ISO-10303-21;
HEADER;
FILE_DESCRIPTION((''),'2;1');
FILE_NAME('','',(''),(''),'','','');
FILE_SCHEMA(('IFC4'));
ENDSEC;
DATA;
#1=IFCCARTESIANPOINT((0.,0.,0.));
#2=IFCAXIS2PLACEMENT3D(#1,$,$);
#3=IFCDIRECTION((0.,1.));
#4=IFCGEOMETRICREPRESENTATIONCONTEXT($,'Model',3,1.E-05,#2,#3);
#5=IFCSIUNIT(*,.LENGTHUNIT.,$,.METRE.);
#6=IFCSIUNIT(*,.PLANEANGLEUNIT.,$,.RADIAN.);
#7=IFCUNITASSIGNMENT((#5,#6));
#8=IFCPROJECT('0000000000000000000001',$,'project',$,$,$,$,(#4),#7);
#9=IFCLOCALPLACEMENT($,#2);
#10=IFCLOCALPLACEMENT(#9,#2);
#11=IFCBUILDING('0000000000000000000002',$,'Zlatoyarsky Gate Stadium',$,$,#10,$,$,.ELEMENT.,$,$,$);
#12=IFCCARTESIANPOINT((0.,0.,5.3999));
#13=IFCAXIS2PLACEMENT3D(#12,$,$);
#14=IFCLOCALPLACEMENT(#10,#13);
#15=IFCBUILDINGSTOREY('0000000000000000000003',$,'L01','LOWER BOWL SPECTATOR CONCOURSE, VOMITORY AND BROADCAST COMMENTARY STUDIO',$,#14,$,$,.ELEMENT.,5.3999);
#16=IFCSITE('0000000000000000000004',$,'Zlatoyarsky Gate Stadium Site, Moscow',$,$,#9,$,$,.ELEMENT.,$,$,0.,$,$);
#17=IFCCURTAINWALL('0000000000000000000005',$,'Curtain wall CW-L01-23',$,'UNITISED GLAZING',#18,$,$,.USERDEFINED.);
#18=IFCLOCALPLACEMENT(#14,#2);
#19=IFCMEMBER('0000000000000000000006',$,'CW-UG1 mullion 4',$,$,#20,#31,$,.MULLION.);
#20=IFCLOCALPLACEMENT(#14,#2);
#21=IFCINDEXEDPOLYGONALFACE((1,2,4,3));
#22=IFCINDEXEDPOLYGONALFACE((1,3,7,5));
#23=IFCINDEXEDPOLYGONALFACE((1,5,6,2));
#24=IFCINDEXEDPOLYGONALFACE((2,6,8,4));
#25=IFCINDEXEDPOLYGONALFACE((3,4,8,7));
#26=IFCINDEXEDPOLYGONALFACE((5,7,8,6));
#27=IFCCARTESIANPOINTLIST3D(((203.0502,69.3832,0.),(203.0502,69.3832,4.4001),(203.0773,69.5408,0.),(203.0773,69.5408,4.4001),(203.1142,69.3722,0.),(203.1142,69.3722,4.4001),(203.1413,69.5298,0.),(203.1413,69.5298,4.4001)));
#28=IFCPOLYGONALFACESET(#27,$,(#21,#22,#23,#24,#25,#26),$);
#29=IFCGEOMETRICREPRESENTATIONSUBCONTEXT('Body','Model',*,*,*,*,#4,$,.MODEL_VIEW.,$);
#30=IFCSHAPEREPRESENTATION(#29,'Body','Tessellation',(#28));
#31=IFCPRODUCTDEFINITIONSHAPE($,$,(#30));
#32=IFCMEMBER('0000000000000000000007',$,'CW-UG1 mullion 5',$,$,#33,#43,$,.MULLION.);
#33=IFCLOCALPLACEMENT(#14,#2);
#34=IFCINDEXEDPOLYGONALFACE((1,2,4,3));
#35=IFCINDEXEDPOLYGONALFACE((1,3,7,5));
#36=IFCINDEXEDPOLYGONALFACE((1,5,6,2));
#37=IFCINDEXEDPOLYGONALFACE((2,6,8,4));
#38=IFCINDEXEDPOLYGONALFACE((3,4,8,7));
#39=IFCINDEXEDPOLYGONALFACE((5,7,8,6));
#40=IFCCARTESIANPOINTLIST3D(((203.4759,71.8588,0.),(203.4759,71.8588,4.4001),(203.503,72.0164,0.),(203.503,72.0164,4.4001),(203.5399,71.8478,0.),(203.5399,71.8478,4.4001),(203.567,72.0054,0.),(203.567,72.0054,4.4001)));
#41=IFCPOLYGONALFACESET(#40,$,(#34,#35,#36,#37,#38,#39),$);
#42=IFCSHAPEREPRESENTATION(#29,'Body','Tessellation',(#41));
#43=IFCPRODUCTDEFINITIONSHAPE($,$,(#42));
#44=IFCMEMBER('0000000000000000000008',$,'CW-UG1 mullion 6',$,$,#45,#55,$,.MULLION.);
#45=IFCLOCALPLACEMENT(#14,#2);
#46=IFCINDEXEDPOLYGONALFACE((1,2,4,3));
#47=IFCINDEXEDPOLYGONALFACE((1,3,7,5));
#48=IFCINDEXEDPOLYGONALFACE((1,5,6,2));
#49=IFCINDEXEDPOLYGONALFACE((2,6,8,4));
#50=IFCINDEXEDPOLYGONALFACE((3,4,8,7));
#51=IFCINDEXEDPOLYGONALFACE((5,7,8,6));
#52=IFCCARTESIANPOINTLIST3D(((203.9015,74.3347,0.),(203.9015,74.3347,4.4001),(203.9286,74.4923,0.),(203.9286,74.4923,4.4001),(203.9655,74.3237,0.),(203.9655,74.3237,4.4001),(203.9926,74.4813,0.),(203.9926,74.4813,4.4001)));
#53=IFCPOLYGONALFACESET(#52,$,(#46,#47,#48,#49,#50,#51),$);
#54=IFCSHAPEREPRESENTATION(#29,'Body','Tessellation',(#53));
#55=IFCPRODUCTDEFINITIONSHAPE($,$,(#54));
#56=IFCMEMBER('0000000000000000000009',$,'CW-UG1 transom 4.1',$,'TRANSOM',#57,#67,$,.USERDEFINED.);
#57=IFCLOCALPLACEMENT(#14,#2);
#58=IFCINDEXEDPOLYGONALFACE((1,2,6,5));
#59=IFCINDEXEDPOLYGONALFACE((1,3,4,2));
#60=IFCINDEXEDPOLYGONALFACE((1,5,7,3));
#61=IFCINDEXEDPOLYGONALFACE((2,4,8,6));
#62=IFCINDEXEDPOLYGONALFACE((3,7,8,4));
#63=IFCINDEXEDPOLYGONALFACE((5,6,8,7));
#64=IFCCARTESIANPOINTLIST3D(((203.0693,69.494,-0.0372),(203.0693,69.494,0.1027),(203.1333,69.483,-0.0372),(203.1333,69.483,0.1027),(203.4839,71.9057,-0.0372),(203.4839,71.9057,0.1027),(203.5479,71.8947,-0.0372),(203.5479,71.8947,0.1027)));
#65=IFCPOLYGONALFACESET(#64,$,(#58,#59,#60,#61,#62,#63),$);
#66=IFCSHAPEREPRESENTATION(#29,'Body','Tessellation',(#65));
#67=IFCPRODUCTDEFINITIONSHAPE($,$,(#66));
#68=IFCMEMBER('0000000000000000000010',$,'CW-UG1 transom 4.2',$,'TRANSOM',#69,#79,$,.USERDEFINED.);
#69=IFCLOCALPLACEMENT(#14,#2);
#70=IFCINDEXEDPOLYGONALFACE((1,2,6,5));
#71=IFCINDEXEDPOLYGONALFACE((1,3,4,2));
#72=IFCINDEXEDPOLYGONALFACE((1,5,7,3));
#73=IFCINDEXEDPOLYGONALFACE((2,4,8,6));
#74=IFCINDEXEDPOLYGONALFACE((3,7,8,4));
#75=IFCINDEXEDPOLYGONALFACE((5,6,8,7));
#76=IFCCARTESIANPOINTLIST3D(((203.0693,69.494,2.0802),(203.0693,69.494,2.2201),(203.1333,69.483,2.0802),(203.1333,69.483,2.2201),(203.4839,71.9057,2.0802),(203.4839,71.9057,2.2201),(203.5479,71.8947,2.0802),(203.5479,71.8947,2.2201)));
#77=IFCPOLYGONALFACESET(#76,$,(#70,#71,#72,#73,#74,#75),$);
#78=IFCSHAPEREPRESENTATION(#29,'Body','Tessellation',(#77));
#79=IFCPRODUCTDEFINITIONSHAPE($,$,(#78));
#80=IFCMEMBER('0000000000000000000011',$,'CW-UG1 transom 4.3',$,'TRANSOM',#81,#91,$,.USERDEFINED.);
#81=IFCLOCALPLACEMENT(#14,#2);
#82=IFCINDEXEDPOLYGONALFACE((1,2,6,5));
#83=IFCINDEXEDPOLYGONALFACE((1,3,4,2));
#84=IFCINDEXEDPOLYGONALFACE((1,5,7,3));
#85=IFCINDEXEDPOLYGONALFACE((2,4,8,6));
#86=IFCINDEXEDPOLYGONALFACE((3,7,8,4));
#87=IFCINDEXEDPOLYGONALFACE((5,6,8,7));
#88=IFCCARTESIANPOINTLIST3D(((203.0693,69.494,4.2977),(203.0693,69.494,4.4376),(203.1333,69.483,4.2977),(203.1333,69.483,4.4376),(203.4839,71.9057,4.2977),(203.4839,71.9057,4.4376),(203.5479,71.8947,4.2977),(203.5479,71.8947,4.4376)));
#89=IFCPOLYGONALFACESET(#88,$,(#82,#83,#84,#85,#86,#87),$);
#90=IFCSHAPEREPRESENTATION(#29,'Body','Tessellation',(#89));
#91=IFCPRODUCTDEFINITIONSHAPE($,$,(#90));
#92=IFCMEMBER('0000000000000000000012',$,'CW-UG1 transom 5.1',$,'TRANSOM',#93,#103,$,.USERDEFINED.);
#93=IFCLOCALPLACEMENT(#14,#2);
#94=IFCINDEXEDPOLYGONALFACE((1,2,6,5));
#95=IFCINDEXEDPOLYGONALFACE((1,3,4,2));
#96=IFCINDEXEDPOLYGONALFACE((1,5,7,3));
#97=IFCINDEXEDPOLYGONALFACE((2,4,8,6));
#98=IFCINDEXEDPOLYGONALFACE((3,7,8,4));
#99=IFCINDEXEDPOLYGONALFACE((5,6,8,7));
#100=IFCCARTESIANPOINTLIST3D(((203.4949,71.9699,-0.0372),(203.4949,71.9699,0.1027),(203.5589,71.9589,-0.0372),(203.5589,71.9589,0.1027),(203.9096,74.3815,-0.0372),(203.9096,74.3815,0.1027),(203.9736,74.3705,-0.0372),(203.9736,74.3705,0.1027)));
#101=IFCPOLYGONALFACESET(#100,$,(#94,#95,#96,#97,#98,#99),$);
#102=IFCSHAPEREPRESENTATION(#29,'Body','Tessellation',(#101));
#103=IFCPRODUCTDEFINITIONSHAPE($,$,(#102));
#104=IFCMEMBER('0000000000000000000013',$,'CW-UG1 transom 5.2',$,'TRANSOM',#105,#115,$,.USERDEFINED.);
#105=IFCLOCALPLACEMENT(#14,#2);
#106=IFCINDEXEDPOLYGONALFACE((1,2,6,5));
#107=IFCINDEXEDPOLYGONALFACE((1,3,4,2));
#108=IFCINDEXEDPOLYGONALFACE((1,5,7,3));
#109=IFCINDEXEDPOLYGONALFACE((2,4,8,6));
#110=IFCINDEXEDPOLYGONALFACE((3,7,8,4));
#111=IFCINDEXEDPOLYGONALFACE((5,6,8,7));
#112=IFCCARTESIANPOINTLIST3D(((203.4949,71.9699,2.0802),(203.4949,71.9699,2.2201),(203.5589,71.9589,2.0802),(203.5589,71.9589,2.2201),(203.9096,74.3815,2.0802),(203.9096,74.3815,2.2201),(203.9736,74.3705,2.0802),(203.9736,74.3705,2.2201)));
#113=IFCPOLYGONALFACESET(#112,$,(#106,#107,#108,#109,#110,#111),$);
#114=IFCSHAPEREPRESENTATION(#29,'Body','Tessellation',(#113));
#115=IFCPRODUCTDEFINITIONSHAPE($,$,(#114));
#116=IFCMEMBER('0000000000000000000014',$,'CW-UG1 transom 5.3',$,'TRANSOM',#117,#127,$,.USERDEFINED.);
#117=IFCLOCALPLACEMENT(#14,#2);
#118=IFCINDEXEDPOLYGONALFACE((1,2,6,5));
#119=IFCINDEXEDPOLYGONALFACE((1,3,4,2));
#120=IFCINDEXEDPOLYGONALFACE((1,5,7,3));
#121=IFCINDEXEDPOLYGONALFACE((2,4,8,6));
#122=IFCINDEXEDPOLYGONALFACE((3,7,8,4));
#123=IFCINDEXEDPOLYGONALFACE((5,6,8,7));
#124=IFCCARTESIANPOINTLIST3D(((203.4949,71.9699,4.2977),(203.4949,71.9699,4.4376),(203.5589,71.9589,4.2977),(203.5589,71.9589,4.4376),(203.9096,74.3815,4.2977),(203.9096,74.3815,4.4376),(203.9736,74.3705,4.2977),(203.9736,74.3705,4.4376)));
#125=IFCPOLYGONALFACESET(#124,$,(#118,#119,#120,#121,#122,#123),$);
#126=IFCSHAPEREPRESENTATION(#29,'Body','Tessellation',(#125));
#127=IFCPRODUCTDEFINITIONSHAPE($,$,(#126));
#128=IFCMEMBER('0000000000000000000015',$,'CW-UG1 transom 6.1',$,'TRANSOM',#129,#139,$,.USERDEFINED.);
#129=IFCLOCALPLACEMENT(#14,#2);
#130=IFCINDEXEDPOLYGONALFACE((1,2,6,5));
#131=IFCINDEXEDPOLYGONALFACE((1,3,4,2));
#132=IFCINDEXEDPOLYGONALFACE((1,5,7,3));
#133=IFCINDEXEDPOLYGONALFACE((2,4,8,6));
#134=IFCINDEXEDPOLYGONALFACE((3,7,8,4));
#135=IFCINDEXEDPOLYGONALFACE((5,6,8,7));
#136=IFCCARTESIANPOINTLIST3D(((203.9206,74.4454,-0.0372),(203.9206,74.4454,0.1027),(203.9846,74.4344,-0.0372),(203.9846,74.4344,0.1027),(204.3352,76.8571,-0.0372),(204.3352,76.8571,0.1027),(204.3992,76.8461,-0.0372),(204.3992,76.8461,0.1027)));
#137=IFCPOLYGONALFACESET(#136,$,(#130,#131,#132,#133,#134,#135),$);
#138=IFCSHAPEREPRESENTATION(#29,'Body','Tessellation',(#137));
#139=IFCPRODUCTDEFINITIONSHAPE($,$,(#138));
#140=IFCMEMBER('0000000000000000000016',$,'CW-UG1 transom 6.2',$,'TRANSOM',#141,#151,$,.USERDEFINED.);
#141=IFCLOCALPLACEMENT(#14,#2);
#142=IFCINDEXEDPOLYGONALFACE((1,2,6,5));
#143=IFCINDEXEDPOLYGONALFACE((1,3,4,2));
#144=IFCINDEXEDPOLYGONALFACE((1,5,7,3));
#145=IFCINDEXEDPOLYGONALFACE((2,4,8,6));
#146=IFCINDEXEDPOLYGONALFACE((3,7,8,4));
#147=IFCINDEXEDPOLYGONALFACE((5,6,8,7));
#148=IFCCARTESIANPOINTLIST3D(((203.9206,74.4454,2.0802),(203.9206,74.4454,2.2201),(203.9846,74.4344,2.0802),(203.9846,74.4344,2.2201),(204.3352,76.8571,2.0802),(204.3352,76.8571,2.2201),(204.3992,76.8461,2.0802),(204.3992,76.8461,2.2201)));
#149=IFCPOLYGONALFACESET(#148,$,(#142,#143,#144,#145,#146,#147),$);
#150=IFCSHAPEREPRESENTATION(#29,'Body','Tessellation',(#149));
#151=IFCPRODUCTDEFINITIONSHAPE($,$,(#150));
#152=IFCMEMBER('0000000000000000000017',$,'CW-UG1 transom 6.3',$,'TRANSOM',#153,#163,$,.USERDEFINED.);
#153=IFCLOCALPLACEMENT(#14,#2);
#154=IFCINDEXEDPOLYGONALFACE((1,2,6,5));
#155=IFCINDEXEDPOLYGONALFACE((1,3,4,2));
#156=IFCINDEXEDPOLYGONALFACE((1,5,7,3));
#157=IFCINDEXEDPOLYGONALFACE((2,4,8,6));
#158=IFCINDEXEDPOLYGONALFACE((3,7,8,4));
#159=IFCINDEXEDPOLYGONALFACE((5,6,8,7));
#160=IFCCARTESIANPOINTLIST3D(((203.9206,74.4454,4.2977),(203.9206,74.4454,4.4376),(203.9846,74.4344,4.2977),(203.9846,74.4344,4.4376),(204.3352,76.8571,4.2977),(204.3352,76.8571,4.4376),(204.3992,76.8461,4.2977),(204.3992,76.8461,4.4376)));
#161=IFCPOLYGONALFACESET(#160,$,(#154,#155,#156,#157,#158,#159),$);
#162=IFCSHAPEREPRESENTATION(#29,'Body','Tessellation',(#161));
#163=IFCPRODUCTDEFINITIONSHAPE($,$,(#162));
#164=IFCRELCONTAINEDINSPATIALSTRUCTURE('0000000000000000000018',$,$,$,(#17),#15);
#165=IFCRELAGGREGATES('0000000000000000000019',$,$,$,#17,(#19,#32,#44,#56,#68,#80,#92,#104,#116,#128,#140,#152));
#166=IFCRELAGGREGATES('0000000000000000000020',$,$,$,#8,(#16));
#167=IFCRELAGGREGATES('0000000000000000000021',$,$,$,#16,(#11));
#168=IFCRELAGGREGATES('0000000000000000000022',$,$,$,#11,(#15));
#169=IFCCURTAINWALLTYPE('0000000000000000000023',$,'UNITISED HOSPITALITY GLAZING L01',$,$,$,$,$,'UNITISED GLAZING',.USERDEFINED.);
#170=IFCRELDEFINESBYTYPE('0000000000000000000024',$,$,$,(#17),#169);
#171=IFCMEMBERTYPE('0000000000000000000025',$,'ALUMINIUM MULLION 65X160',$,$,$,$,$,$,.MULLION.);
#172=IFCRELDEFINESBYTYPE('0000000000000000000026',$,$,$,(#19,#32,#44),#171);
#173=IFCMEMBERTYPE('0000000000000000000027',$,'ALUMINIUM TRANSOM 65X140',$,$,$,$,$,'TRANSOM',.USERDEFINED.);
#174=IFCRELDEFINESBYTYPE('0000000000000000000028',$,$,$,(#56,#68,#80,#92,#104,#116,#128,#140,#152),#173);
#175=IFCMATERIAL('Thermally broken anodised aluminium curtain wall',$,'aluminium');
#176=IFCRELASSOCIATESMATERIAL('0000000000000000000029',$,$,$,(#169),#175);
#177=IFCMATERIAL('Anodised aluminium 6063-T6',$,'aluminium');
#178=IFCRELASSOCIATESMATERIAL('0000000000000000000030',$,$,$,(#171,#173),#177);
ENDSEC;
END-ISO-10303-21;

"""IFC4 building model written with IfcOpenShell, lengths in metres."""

from ifc_helpers import new_model, si_unit, direction, frame, origin, origin_2d, place, context, subcontext, project, spatial, rectangle, extrude, material, material_profile, profile_set, type_object, element, aggregate, save


model = new_model("IFC4")

# Units and contexts
model_context = context("Model", 3, precision=1e-05, world=origin(), true_north=direction((0.0, 1.0)))
body_context = subcontext(model_context, "Body", "Model", "MODEL_VIEW")
ifc_project = project(units=[si_unit("LENGTHUNIT", "METRE"), si_unit("PLANEANGLEUNIT", "RADIAN")], contexts=[model_context])

# Site, building, storey
site_placement = place(None, origin())
site = spatial("IfcSite", under=ifc_project, at=site_placement, Name="Zlatoyarsky Gate Stadium Site, Moscow", CompositionType="ELEMENT", RefElevation=0.0)
building_placement = place(site_placement, origin())
building = spatial("IfcBuilding", under=site, at=building_placement, Name="Zlatoyarsky Gate Stadium", CompositionType="ELEMENT")
storey_placement = place(building_placement, frame((0.0, 0.0, 5.3999)))
storey = spatial("IfcBuildingStorey", under=building, at=storey_placement, Name="L01", Description="LOWER BOWL SPECTATOR CONCOURSE, VOMITORY AND BROADCAST COMMENTARY STUDIO", CompositionType="ELEMENT", Elevation=5.3999)

# Curtain wall, members
ifc_material_1 = material(Name="Thermally broken anodised aluminium curtain wall", Category="aluminium")
curtain_wall_type = type_object("IfcCurtainWallType", Name="UNITISED HOSPITALITY GLAZING L01", ElementType="UNITISED GLAZING", PredefinedType="USERDEFINED", material=ifc_material_1)
curtain_wall_placement = place(storey_placement, origin())
curtain_wall = element("IfcCurtainWall", 1, at=curtain_wall_placement, inside=storey, type_object=curtain_wall_type, Name="Curtain wall CW-L01-23", ObjectType="UNITISED GLAZING", PredefinedType="USERDEFINED")
ifc_material_2 = material(Name="Anodised aluminium 6063-T6", Category="aluminium")
ifc_material_profile_1 = material_profile(ifc_material_2, rectangle(XDim=0.0649, YDim=0.1599, at=origin_2d()), Name="ALU 65X160")
ifc_profile_set_1 = profile_set([ifc_material_profile_1], Name="Anodised aluminium 6063-T6")
member_type_1 = type_object("IfcMemberType", Name="ALUMINIUM MULLION 65X160", PredefinedType="MULLION", material=ifc_profile_set_1)
member_1_placement = place(storey_placement, frame((203.0957, 69.4565, 0.0), z_axis=(0.0, 0.0, 1.0), x_axis=(-0.985539, 0.169451, 0.0)))
member_1 = element("IfcMember", 2, at=member_1_placement, type_object=member_type_1, Name="CW-UG1 mullion 4", PredefinedType="MULLION", context=body_context, shape_type="SweptSolid", body=[
    extrude(rectangle(XDim=0.0649, YDim=0.1599, at=origin_2d()), origin(), (0.0, 0.0, 1.0), 4.4001),
])
member_2_placement = place(storey_placement, frame((203.5215, 71.9321, 0.0), z_axis=(0.0, 0.0, 1.0), x_axis=(-0.985539, 0.169451, 0.0)))
member_2 = element("IfcMember", 3, at=member_2_placement, type_object=member_type_1, Name="CW-UG1 mullion 5", PredefinedType="MULLION", context=body_context, shape_type="SweptSolid", body=[
    extrude(rectangle(XDim=0.0649, YDim=0.1599, at=origin_2d()), origin(), (0.0, 0.0, 1.0), 4.4001),
])
member_3_placement = place(storey_placement, frame((203.947, 74.408, 0.0), z_axis=(0.0, 0.0, 1.0), x_axis=(-0.985539, 0.169451, 0.0)))
member_3 = element("IfcMember", 4, at=member_3_placement, type_object=member_type_1, Name="CW-UG1 mullion 6", PredefinedType="MULLION", context=body_context, shape_type="SweptSolid", body=[
    extrude(rectangle(XDim=0.0649, YDim=0.1599, at=origin_2d()), origin(), (0.0, 0.0, 1.0), 4.4001),
])
ifc_material_profile_2 = material_profile(ifc_material_2, rectangle(XDim=0.0649, YDim=0.1399, at=origin_2d()), Name="ALU 65X140")
ifc_profile_set_2 = profile_set([ifc_material_profile_2], Name="Anodised aluminium 6063-T6")
member_type_2 = type_object("IfcMemberType", Name="ALUMINIUM TRANSOM 65X140", ElementType="TRANSOM", PredefinedType="USERDEFINED", material=ifc_profile_set_2)
member_4_placement = place(storey_placement, frame((203.1013, 69.4885, 0.0327), z_axis=(0.169412, 0.985545, 0.0), x_axis=(-0.985545, 0.169412, 0.0)))
member_4 = element("IfcMember", 5, at=member_4_placement, type_object=member_type_2, Name="CW-UG1 transom 4.1", ObjectType="TRANSOM", PredefinedType="USERDEFINED", context=body_context, shape_type="SweptSolid", body=[
    extrude(rectangle(XDim=0.0649, YDim=0.1399, at=origin_2d()), origin(), (0.0, 0.0, 1.0), 2.447),
])
member_5_placement = place(storey_placement, frame((203.1013, 69.4885, 2.1501), z_axis=(0.169412, 0.985545, 0.0), x_axis=(-0.985545, 0.169412, 0.0)))
member_5 = element("IfcMember", 6, at=member_5_placement, type_object=member_type_2, Name="CW-UG1 transom 4.2", ObjectType="TRANSOM", PredefinedType="USERDEFINED", context=body_context, shape_type="SweptSolid", body=[
    extrude(rectangle(XDim=0.0649, YDim=0.1399, at=origin_2d()), origin(), (0.0, 0.0, 1.0), 2.447),
])
member_6_placement = place(storey_placement, frame((203.1013, 69.4885, 4.3677), z_axis=(0.169412, 0.985545, 0.0), x_axis=(-0.985545, 0.169412, 0.0)))
member_6 = element("IfcMember", 7, at=member_6_placement, type_object=member_type_2, Name="CW-UG1 transom 4.3", ObjectType="TRANSOM", PredefinedType="USERDEFINED", context=body_context, shape_type="SweptSolid", body=[
    extrude(rectangle(XDim=0.0649, YDim=0.1399, at=origin_2d()), origin(), (0.0, 0.0, 1.0), 2.447),
])
member_7_placement = place(storey_placement, frame((203.5269, 71.9644, 0.0327), z_axis=(0.169509, 0.985529, 0.0), x_axis=(-0.985529, 0.169509, 0.0)))
member_7 = element("IfcMember", 8, at=member_7_placement, type_object=member_type_2, Name="CW-UG1 transom 5.1", ObjectType="TRANSOM", PredefinedType="USERDEFINED", context=body_context, shape_type="SweptSolid", body=[
    extrude(rectangle(XDim=0.0649, YDim=0.1399, at=origin_2d()), origin(), (0.0, 0.0, 1.0), 2.447),
])
member_8_placement = place(storey_placement, frame((203.5269, 71.9644, 2.1501), z_axis=(0.169509, 0.985529, 0.0), x_axis=(-0.985529, 0.169509, 0.0)))
member_8 = element("IfcMember", 9, at=member_8_placement, type_object=member_type_2, Name="CW-UG1 transom 5.2", ObjectType="TRANSOM", PredefinedType="USERDEFINED", context=body_context, shape_type="SweptSolid", body=[
    extrude(rectangle(XDim=0.0649, YDim=0.1399, at=origin_2d()), origin(), (0.0, 0.0, 1.0), 2.447),
])
member_9_placement = place(storey_placement, frame((203.5269, 71.9644, 4.3677), z_axis=(0.169509, 0.985529, 0.0), x_axis=(-0.985529, 0.169509, 0.0)))
member_9 = element("IfcMember", 10, at=member_9_placement, type_object=member_type_2, Name="CW-UG1 transom 5.3", ObjectType="TRANSOM", PredefinedType="USERDEFINED", context=body_context, shape_type="SweptSolid", body=[
    extrude(rectangle(XDim=0.0649, YDim=0.1399, at=origin_2d()), origin(), (0.0, 0.0, 1.0), 2.447),
])
member_10_placement = place(storey_placement, frame((203.9526, 74.4399, 0.0327), z_axis=(0.169412, 0.985545, 0.0), x_axis=(-0.985545, 0.169412, 0.0)))
member_10 = element("IfcMember", 11, at=member_10_placement, type_object=member_type_2, Name="CW-UG1 transom 6.1", ObjectType="TRANSOM", PredefinedType="USERDEFINED", context=body_context, shape_type="SweptSolid", body=[
    extrude(rectangle(XDim=0.0649, YDim=0.1399, at=origin_2d()), origin(), (0.0, 0.0, 1.0), 2.447),
])
member_11_placement = place(storey_placement, frame((203.9526, 74.4399, 2.1501), z_axis=(0.169412, 0.985545, 0.0), x_axis=(-0.985545, 0.169412, 0.0)))
member_11 = element("IfcMember", 12, at=member_11_placement, type_object=member_type_2, Name="CW-UG1 transom 6.2", ObjectType="TRANSOM", PredefinedType="USERDEFINED", context=body_context, shape_type="SweptSolid", body=[
    extrude(rectangle(XDim=0.0649, YDim=0.1399, at=origin_2d()), origin(), (0.0, 0.0, 1.0), 2.447),
])
member_12_placement = place(storey_placement, frame((203.9526, 74.4399, 4.3677), z_axis=(0.169412, 0.985545, 0.0), x_axis=(-0.985545, 0.169412, 0.0)))
member_12 = element("IfcMember", 13, at=member_12_placement, type_object=member_type_2, Name="CW-UG1 transom 6.3", ObjectType="TRANSOM", PredefinedType="USERDEFINED", context=body_context, shape_type="SweptSolid", body=[
    extrude(rectangle(XDim=0.0649, YDim=0.1399, at=origin_2d()), origin(), (0.0, 0.0, 1.0), 2.447),
])

aggregate(curtain_wall, [member_1, member_2, member_3, member_4, member_5, member_6, member_7, member_8, member_9, member_10, member_11, member_12])

save(model, "model.ifc")
